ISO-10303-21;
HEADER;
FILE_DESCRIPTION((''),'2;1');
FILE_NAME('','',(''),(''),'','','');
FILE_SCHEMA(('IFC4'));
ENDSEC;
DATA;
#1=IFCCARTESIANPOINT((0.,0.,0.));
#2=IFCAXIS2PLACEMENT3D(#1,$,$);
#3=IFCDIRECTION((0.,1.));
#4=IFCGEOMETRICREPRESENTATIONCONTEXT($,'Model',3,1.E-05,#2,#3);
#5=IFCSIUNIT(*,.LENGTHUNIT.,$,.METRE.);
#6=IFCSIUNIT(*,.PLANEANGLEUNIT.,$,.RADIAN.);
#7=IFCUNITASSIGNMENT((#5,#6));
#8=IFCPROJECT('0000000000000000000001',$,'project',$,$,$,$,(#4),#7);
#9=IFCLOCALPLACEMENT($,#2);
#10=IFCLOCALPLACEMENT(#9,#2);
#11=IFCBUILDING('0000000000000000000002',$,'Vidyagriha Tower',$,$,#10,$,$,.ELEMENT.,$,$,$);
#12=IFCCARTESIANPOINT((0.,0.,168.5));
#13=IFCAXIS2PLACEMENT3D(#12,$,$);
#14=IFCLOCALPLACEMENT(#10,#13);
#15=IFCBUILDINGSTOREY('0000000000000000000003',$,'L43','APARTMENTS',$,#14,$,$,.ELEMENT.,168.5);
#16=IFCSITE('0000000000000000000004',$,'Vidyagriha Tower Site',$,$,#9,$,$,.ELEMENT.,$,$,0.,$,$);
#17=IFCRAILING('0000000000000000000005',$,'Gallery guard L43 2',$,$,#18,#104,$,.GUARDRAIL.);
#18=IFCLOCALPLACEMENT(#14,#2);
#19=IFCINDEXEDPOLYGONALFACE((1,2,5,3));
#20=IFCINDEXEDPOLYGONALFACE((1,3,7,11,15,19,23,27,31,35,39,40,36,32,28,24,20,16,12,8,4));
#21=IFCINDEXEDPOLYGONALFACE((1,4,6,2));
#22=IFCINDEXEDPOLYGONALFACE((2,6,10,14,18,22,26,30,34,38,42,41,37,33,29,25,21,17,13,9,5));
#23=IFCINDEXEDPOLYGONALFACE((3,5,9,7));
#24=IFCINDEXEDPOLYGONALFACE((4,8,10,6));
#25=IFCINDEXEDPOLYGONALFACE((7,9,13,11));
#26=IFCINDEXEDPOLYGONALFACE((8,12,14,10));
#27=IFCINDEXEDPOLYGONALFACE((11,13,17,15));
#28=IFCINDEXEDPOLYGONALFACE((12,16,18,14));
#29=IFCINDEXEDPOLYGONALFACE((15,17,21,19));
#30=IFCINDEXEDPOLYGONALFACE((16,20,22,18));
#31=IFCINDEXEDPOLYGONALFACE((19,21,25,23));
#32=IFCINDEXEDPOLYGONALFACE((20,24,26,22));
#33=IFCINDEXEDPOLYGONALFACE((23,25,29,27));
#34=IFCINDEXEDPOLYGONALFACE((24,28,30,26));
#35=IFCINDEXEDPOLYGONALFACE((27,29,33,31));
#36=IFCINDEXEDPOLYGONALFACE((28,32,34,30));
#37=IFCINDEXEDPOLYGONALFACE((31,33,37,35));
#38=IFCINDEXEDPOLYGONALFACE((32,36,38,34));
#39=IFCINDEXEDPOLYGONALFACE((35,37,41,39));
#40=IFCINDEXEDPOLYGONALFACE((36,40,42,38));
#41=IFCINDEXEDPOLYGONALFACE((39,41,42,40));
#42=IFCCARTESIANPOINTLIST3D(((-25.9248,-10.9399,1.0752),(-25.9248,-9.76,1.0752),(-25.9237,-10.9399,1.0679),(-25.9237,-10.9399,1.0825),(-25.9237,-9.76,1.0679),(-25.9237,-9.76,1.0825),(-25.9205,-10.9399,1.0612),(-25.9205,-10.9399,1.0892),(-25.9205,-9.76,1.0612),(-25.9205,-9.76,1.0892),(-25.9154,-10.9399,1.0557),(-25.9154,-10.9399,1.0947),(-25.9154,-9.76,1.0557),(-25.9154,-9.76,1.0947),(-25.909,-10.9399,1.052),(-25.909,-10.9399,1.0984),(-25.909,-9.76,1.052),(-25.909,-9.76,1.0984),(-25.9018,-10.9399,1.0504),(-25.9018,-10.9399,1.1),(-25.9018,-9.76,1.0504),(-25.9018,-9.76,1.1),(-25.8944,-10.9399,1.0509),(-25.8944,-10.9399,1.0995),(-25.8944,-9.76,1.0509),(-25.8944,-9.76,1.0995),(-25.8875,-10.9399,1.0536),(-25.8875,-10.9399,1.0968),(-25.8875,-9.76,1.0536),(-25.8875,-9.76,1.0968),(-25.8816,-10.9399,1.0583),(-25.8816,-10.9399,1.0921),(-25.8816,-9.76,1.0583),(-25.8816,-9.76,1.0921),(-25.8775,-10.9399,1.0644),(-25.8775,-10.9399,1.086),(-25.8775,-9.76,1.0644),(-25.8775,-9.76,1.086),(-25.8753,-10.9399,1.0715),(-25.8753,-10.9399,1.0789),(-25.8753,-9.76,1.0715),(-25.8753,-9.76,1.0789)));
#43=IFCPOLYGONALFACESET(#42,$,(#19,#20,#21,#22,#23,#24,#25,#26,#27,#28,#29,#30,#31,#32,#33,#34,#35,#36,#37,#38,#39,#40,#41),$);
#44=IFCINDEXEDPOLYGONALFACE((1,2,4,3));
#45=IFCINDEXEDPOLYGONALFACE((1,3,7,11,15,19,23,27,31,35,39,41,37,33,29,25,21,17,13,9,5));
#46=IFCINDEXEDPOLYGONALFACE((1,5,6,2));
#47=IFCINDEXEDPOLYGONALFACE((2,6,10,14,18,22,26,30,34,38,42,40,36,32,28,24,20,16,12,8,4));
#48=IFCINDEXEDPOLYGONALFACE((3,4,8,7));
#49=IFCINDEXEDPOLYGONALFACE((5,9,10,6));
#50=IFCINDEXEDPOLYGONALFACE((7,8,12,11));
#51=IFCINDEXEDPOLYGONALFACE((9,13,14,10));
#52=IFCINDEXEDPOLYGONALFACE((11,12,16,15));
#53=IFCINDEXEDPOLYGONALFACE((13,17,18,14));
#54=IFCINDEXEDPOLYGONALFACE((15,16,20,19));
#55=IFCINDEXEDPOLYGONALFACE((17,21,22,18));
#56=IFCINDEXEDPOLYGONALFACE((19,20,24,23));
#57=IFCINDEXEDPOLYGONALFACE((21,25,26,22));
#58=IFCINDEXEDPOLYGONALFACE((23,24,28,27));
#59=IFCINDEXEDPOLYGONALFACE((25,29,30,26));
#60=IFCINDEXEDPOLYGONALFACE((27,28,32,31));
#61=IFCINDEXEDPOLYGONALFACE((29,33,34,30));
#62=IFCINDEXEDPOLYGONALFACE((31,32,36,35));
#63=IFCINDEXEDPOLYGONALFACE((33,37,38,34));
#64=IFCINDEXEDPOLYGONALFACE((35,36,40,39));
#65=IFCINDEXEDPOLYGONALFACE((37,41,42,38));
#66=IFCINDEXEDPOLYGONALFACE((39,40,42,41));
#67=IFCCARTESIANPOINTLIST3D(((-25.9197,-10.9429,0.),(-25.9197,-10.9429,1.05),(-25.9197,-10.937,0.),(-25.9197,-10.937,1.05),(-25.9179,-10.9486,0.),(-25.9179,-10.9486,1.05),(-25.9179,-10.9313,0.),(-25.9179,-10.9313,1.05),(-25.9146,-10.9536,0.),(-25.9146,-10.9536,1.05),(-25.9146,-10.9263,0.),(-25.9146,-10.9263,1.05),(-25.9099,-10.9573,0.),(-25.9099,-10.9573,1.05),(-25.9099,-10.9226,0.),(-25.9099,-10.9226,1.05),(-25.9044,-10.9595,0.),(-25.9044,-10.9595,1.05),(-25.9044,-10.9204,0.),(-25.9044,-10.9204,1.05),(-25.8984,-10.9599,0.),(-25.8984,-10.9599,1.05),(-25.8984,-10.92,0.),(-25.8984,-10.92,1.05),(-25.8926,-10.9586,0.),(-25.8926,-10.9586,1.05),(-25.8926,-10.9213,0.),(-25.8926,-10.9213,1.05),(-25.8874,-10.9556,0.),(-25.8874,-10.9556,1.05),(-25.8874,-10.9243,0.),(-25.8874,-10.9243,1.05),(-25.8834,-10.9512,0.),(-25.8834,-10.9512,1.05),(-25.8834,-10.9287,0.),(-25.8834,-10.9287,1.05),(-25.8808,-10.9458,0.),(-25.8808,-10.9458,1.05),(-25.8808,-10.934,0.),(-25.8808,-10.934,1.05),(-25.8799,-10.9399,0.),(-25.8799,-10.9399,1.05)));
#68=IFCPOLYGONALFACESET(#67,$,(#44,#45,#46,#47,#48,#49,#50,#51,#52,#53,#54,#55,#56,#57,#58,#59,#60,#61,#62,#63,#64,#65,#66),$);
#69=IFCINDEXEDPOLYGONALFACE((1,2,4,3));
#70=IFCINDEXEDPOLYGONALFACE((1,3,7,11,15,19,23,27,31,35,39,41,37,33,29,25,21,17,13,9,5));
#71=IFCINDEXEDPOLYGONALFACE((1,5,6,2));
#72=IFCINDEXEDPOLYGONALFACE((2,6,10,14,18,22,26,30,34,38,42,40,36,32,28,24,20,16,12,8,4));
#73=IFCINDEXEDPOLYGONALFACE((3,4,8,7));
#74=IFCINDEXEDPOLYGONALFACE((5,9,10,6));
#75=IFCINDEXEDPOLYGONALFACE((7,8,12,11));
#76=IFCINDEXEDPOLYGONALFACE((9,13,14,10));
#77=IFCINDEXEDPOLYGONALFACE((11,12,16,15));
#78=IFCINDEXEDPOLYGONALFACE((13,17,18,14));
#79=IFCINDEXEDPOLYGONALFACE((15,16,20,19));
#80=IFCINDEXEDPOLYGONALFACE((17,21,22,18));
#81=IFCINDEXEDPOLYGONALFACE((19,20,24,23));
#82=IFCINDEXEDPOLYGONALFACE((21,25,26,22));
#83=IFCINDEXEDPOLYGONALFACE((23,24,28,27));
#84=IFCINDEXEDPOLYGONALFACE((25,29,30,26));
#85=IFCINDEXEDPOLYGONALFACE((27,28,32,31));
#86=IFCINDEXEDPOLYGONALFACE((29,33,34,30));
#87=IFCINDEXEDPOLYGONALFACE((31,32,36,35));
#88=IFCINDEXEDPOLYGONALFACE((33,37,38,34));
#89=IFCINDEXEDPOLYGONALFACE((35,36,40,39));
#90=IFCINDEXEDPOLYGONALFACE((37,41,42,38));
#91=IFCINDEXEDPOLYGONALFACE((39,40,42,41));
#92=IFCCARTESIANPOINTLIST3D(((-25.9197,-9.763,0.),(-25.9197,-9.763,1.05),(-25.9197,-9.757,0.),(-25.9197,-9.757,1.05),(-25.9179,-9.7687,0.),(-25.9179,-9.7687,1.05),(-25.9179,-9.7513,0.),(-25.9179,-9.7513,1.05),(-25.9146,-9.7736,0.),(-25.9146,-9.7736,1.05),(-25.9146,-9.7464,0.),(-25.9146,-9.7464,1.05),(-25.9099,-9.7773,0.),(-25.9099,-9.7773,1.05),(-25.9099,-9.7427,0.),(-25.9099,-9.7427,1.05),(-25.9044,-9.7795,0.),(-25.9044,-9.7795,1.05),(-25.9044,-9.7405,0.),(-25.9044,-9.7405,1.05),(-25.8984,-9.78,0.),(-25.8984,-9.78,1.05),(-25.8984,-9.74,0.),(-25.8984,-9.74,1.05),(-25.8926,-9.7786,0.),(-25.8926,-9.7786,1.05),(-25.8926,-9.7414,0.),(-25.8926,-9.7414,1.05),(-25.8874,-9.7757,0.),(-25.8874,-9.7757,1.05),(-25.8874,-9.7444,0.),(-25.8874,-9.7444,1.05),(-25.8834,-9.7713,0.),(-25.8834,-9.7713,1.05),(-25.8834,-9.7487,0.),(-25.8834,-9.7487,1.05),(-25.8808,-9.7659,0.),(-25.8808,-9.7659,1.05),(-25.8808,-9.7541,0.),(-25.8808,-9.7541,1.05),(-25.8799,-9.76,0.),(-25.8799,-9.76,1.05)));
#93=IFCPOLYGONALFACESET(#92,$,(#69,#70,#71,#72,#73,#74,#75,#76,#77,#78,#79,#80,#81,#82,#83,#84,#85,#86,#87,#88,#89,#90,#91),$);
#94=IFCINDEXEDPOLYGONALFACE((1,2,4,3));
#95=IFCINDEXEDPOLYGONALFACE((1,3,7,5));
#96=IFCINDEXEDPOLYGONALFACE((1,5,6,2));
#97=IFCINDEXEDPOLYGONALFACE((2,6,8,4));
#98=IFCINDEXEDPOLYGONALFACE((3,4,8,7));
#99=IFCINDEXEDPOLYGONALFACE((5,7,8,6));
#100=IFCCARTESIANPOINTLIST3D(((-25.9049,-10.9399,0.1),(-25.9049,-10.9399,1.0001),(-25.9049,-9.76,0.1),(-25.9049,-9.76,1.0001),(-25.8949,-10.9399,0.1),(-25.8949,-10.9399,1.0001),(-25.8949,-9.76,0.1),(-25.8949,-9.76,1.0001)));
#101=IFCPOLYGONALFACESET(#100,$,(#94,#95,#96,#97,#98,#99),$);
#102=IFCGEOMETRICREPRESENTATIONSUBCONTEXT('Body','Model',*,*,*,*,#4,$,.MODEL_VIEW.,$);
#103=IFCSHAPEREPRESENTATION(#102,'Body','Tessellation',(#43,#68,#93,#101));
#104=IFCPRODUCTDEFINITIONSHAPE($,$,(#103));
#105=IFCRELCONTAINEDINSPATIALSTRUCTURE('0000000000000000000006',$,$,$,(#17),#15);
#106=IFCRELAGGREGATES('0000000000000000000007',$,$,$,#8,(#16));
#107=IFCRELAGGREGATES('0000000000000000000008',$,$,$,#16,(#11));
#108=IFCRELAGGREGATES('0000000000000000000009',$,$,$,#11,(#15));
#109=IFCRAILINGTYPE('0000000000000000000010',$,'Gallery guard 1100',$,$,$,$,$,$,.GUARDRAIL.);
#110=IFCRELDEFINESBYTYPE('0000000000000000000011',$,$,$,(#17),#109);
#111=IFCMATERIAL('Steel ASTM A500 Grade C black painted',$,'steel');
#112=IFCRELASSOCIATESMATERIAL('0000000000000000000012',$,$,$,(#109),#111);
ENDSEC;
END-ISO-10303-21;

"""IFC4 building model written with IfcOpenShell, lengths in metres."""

from ifc_helpers import new_model, si_unit, direction, frame, origin, origin_2d, place, context, subcontext, project, spatial, rectangle, circle, extrude, material, type_object, element, save


model = new_model("IFC4")

# Units and contexts
model_context = context("Model", 3, precision=1e-05, world=origin(), true_north=direction((0.0, 1.0)))
body_context = subcontext(model_context, "Body", "Model", "MODEL_VIEW")
ifc_project = project(units=[si_unit("LENGTHUNIT", "METRE"), si_unit("PLANEANGLEUNIT", "RADIAN")], contexts=[model_context])

# Site, building, storey
site_placement = place(None, origin())
site = spatial("IfcSite", under=ifc_project, at=site_placement, Name="Vidyagriha Tower Site", CompositionType="ELEMENT", RefElevation=0.0)
building_placement = place(site_placement, origin())
building = spatial("IfcBuilding", under=site, at=building_placement, Name="Vidyagriha Tower", CompositionType="ELEMENT")
storey_placement = place(building_placement, frame((0.0, 0.0, 168.5)))
storey = spatial("IfcBuildingStorey", under=building, at=storey_placement, Name="L43", Description="APARTMENTS", CompositionType="ELEMENT", Elevation=168.5)

# Railing
ifc_material_1 = material(Name="Steel ASTM A500 Grade C black painted", Category="steel")
railing_type_1 = type_object("IfcRailingType", Name="Gallery guard 1100", PredefinedType="GUARDRAIL", material=ifc_material_1)
railing_1_placement = place(storey_placement, frame((-25.8999, -10.9399, 0.0)))
element("IfcRailing", 1, at=railing_1_placement, inside=storey, type_object=railing_type_1, Name="Gallery guard L43 2", PredefinedType="GUARDRAIL", context=body_context, shape_type="SweptSolid", body=[
    extrude(circle(Radius=0.0249, at=origin_2d()), frame((0.0, 0.0, 1.0752), z_axis=(0.0, 1.0, 0.0), x_axis=(-1.0, 0.0, 0.0)), (0.0, 0.0, 1.0), 1.1799),
    extrude(circle(Radius=0.02, at=origin_2d()), origin(), (0.0, 0.0, 1.0), 1.05),
    extrude(circle(Radius=0.02, at=origin_2d()), frame((0.0, 1.1799, 0.0)), (0.0, 0.0, 1.0), 1.05),
    extrude(rectangle(XDim=0.01, YDim=0.9001, at=origin_2d()), frame((0.0, 0.0, 0.55), z_axis=(0.0, 1.0, 0.0), x_axis=(-1.0, 0.0, 0.0)), (0.0, 0.0, 1.0), 1.1799),
])

save(model, "model.ifc")
